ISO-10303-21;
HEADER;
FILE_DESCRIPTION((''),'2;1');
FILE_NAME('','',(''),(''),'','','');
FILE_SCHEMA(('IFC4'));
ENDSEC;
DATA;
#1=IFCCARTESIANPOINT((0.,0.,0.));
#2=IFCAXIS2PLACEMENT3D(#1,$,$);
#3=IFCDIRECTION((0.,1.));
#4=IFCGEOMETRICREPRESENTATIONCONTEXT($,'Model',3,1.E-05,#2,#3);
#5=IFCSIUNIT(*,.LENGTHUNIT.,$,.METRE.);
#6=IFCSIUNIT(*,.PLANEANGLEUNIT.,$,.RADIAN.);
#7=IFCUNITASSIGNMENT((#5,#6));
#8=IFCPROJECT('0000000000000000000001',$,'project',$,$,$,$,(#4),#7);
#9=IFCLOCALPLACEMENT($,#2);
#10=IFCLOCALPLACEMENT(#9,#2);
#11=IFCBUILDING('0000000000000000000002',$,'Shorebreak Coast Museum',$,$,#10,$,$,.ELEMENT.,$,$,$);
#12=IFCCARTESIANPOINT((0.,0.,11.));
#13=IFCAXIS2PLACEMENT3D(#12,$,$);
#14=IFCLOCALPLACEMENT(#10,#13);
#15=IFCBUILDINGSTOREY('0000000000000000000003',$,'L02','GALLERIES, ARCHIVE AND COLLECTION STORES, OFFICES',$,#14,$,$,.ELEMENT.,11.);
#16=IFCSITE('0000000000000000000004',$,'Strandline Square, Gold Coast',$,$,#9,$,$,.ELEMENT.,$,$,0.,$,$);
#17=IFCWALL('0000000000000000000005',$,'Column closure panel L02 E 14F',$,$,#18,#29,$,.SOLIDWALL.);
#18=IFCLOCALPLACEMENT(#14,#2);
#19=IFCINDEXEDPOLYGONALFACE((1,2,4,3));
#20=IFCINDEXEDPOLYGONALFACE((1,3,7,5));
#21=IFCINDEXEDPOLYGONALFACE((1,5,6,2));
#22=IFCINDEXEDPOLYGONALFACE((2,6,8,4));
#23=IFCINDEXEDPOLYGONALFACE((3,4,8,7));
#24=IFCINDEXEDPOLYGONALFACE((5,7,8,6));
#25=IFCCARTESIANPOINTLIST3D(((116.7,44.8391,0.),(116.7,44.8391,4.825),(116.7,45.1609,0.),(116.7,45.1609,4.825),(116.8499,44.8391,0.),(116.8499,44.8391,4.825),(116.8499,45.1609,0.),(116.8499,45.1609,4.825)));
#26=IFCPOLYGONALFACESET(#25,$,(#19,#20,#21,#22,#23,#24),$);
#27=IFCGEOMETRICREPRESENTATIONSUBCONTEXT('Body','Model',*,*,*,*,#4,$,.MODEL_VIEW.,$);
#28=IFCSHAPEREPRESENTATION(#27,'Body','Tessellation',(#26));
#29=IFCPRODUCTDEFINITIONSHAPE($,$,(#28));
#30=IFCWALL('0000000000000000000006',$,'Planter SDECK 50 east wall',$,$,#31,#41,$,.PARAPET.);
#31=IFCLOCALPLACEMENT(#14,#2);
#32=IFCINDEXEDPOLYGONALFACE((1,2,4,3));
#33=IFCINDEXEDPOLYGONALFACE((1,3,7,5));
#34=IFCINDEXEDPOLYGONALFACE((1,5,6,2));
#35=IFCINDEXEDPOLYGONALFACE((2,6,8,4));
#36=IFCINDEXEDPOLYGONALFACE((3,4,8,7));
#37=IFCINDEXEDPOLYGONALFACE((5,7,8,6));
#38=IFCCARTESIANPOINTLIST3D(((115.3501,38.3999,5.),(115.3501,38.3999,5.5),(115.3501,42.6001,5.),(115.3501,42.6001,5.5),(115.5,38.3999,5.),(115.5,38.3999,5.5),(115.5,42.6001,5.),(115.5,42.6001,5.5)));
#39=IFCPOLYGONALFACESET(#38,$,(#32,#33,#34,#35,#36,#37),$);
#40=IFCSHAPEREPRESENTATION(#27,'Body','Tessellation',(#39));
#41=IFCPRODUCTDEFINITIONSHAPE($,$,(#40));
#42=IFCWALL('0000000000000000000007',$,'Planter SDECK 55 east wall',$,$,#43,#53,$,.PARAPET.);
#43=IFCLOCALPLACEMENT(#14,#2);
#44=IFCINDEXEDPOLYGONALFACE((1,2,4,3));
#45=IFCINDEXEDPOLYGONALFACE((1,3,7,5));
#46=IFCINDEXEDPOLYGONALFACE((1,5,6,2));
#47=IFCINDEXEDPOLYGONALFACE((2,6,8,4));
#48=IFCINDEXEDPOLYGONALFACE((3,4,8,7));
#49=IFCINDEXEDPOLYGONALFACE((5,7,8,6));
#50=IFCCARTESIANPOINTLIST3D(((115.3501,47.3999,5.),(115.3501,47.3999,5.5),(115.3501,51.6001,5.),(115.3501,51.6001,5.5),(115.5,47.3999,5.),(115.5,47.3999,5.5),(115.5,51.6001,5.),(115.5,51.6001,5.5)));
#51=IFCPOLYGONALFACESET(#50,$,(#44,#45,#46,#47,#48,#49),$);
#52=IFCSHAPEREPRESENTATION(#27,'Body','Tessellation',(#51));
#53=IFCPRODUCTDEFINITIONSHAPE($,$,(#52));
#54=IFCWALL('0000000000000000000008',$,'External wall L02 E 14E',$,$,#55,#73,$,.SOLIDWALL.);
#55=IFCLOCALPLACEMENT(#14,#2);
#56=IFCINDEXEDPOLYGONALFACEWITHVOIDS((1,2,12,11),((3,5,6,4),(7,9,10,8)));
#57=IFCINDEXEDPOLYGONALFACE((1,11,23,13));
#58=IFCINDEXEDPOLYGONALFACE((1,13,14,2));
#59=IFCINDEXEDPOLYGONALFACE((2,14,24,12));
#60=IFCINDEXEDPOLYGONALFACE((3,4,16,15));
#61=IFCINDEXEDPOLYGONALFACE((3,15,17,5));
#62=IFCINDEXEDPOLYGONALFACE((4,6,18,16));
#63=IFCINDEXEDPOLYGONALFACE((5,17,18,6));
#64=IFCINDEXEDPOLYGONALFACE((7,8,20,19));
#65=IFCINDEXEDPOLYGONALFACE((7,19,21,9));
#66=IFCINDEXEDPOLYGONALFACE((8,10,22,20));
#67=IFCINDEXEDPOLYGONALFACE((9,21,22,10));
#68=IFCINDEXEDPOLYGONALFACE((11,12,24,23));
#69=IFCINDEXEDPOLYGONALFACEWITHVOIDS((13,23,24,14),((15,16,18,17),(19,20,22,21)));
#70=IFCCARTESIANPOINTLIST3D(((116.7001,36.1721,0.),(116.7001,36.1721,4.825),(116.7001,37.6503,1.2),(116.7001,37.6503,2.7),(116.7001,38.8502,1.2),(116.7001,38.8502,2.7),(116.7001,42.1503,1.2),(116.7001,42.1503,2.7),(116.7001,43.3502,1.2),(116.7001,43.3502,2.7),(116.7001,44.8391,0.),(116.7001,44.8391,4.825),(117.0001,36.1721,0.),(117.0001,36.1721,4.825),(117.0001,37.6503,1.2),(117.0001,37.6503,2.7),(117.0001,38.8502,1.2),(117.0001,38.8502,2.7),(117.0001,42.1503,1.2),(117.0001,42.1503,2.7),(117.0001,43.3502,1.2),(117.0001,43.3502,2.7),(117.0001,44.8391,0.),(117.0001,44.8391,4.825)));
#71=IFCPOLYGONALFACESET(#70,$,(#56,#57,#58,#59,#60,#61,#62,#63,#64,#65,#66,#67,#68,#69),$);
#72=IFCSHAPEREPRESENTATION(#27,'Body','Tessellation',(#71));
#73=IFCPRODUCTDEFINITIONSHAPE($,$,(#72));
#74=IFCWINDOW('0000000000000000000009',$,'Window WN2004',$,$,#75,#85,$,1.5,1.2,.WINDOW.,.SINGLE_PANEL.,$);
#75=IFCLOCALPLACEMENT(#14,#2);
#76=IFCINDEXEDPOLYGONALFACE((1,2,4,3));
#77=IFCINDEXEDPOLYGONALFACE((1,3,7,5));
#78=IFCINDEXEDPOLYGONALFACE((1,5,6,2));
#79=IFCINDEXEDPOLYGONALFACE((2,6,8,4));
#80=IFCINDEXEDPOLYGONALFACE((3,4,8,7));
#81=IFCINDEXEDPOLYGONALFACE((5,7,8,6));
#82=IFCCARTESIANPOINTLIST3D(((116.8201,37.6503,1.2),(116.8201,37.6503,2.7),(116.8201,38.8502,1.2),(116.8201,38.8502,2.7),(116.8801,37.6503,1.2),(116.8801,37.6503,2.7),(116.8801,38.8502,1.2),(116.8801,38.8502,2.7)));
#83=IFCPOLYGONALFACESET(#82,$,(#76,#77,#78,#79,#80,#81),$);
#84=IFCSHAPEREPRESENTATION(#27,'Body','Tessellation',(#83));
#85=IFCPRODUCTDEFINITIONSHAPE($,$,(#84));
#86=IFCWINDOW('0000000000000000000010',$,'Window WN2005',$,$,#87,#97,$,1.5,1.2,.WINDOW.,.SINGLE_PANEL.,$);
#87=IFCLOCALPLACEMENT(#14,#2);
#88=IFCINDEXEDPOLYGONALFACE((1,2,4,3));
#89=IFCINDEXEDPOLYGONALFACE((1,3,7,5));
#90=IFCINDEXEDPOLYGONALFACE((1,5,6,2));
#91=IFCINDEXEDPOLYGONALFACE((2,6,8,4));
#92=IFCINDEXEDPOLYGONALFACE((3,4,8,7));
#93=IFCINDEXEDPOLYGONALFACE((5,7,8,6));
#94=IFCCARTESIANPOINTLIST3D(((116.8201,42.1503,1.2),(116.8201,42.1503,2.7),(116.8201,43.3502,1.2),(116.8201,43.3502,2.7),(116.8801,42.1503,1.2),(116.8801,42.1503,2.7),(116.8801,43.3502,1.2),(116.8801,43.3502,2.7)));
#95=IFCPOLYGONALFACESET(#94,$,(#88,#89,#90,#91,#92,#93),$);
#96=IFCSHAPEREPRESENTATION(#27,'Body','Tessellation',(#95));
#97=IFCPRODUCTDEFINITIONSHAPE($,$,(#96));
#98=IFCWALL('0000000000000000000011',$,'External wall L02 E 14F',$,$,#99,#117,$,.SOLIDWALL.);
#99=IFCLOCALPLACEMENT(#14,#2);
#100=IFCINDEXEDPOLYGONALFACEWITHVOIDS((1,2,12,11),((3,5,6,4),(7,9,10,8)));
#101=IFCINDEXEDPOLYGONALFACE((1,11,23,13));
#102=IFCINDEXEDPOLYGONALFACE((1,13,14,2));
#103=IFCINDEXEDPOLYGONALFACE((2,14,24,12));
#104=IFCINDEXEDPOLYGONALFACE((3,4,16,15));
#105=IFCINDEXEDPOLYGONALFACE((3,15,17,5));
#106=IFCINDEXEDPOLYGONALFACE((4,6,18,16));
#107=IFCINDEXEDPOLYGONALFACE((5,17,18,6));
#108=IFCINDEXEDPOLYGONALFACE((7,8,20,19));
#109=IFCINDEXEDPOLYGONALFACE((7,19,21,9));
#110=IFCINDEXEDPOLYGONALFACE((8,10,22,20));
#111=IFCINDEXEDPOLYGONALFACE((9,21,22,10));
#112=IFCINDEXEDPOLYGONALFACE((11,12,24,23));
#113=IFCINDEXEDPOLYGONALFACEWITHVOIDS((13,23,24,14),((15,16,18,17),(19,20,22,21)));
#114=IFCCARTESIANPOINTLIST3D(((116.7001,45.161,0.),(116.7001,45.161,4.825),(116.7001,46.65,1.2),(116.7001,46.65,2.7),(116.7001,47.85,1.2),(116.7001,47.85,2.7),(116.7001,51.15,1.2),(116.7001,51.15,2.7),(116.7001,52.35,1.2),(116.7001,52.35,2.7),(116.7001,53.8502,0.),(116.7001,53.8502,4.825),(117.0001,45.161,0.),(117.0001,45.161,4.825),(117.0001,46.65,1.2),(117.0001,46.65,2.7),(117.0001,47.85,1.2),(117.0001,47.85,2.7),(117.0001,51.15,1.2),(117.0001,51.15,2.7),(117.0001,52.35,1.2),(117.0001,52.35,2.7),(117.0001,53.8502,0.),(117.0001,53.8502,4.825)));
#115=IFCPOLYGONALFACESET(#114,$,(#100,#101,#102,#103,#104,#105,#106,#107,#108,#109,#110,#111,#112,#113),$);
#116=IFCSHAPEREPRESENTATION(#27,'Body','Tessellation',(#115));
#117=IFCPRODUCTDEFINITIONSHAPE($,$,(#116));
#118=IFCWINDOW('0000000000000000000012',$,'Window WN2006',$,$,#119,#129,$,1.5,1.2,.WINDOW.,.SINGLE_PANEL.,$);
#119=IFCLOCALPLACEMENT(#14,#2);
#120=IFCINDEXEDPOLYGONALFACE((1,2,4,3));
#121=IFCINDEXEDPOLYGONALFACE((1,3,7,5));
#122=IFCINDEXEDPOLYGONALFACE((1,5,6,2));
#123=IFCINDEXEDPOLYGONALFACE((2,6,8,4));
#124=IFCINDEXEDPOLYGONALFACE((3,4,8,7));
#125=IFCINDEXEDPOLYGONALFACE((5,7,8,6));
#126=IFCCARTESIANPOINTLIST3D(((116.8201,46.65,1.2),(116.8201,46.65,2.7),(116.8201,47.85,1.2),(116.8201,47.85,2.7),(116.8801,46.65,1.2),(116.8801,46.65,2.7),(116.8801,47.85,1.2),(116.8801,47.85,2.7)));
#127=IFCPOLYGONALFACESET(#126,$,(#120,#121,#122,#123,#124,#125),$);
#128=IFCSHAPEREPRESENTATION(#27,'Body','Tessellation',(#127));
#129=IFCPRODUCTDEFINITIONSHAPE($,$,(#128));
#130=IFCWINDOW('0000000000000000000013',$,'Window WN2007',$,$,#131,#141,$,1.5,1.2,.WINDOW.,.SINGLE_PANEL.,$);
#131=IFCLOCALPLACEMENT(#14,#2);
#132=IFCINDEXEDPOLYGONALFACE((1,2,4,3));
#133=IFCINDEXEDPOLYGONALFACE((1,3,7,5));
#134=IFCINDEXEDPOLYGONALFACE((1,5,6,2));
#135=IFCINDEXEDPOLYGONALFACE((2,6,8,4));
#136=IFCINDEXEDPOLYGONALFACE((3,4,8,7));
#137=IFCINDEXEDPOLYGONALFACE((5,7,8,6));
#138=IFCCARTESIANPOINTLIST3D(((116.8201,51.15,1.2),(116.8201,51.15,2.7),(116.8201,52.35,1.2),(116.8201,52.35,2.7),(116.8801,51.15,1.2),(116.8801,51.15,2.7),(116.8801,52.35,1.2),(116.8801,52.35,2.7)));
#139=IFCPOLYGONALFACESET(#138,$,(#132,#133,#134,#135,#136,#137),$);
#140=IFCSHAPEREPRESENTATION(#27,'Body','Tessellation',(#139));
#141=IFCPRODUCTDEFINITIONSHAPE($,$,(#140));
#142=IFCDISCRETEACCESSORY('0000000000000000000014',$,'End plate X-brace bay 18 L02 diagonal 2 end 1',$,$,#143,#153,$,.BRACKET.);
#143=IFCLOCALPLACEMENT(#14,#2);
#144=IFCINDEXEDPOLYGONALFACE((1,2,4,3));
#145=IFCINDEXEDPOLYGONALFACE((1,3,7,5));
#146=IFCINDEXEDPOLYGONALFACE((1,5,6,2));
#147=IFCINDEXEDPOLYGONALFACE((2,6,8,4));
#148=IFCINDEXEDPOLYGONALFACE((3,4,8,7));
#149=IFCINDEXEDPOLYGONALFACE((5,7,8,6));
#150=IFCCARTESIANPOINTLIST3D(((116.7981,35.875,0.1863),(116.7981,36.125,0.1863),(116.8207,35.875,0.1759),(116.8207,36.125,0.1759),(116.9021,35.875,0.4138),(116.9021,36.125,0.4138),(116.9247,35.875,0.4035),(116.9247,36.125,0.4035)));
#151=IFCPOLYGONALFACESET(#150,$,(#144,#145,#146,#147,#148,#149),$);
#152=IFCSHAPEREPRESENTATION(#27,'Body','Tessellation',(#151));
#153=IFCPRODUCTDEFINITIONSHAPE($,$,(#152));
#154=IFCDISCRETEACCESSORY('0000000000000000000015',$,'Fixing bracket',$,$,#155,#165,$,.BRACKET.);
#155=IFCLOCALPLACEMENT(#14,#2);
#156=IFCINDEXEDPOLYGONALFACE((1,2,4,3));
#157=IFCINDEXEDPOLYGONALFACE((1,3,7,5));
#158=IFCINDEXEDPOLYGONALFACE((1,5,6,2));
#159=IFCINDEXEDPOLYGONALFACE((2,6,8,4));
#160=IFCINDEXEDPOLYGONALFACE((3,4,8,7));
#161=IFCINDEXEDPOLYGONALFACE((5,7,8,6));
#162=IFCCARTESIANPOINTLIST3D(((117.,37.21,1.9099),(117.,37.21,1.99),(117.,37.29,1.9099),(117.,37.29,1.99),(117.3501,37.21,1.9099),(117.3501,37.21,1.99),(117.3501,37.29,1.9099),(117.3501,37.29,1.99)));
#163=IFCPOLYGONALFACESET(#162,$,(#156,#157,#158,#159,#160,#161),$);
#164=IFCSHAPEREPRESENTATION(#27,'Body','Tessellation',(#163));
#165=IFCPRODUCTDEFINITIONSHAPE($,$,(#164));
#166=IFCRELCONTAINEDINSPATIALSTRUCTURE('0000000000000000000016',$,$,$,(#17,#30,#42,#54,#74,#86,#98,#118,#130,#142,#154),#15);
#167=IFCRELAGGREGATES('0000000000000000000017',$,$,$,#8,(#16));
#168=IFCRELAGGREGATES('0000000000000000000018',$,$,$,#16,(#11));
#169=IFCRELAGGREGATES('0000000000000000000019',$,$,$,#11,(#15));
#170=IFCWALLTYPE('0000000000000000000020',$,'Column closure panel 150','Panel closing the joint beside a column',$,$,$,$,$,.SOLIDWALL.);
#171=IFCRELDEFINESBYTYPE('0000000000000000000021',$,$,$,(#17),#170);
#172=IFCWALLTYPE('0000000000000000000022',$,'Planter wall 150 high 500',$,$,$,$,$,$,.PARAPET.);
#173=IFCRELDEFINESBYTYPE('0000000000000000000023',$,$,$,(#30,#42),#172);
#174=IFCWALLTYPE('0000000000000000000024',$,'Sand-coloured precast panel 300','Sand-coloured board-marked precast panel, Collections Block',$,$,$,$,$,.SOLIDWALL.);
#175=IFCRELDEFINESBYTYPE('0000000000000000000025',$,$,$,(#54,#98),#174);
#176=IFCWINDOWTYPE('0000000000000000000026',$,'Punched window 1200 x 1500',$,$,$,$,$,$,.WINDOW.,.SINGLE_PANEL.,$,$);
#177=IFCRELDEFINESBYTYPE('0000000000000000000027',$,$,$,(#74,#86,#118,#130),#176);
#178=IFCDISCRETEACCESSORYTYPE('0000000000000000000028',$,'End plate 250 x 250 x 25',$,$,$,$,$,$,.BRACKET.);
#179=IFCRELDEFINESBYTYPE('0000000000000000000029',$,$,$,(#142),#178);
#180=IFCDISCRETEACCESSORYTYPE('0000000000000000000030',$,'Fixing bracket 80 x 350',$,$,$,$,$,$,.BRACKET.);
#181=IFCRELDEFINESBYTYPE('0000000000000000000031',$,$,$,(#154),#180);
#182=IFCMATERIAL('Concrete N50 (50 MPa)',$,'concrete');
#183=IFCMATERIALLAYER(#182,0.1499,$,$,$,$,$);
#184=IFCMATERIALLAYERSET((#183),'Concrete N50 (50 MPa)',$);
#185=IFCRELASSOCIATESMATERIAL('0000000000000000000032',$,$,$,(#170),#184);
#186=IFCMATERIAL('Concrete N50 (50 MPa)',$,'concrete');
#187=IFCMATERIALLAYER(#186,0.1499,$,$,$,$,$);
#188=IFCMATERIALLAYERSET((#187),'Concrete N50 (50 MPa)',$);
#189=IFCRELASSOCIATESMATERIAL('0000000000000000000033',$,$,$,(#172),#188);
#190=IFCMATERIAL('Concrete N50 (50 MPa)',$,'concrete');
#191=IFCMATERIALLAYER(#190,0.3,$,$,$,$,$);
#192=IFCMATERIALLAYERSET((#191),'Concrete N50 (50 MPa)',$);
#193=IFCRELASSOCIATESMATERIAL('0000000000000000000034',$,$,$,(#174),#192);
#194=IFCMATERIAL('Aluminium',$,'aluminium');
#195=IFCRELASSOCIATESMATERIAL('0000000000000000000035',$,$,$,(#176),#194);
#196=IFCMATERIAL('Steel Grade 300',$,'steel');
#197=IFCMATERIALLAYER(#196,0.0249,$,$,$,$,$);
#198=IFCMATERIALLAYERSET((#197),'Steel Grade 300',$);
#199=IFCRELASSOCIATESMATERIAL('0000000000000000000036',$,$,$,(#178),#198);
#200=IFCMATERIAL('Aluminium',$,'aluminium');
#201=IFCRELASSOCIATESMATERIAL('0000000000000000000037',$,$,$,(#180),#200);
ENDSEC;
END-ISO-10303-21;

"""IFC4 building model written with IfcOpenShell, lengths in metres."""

from ifc_helpers import new_model, si_unit, direction, frame, frame_2d, origin, origin_2d, place, context, subcontext, project, spatial, polyline, rectangle, outline, extrude, material, layer, layer_set, type_object, element, fill, save


model = new_model("IFC4")

# Units and contexts
model_context = context("Model", 3, precision=1e-05, world=origin(), true_north=direction((0.0, 1.0)))
body_context = subcontext(model_context, "Body", "Model", "MODEL_VIEW")
ifc_project = project(units=[si_unit("LENGTHUNIT", "METRE"), si_unit("PLANEANGLEUNIT", "RADIAN")], contexts=[model_context])

# Site, building, storey
site_placement = place(None, origin())
site = spatial("IfcSite", under=ifc_project, at=site_placement, Name="Strandline Square, Gold Coast", CompositionType="ELEMENT", RefElevation=0.0)
building_placement = place(site_placement, origin())
building = spatial("IfcBuilding", under=site, at=building_placement, Name="Shorebreak Coast Museum", CompositionType="ELEMENT")
storey_placement = place(building_placement, frame((0.0, 0.0, 11.0)))
storey = spatial("IfcBuildingStorey", under=building, at=storey_placement, Name="L02", Description="GALLERIES, ARCHIVE AND COLLECTION STORES, OFFICES", CompositionType="ELEMENT", Elevation=11.0)

# Walls
ifc_material_1 = material(Name="Concrete N50 (50 MPa)", Category="concrete")
ifc_layer_1 = layer(ifc_material_1, 0.1499)
ifc_layer_set_1 = layer_set([ifc_layer_1], Name="Concrete N50 (50 MPa)")
wall_type_1 = type_object("IfcWallType", Name="Column closure panel 150", Description="Panel closing the joint beside a column", PredefinedType="SOLIDWALL", material=ifc_layer_set_1)
wall_1_placement = place(storey_placement, frame((116.7749, 44.8391, 0.0), z_axis=(0.0, 0.0, 1.0), x_axis=(0.0, 1.0, 0.0)))
element("IfcWall", 1, at=wall_1_placement, inside=storey, type_object=wall_type_1, Name="Column closure panel L02 E 14F", PredefinedType="SOLIDWALL", context=body_context, shape_type="SweptSolid", body=[
    extrude(rectangle(XDim=0.3218, YDim=0.1499, at=frame_2d((0.1609, 0.0))), origin(), (0.0, 0.0, 1.0), 4.825),
])
ifc_material_2 = material(Name="Concrete N50 (50 MPa)", Category="concrete")
ifc_layer_2 = layer(ifc_material_2, 0.1499)
ifc_layer_set_2 = layer_set([ifc_layer_2], Name="Concrete N50 (50 MPa)")
wall_type_2 = type_object("IfcWallType", Name="Planter wall 150 high 500", PredefinedType="PARAPET", material=ifc_layer_set_2)
for number, where, z_axis, x_axis, name in (
    (2, (115.425, 38.3999, 5.0), (0.0, 0.0, 1.0), (0.0, 1.0, 0.0), "Planter SDECK 50 east wall"),
    (3, (115.425, 47.3999, 5.0), (0.0, 0.0, 1.0), (0.0, 1.0, 0.0), "Planter SDECK 55 east wall"),
):
    element("IfcWall", number, at=place(storey_placement, frame(where, z_axis=z_axis, x_axis=x_axis)), inside=storey, type_object=wall_type_2, Name=name, PredefinedType="PARAPET", context=body_context, shape_type="SweptSolid", body=[
        extrude(rectangle(XDim=4.2002, YDim=0.1499, at=frame_2d((2.1001, 0.0))), origin(), (0.0, 0.0, 1.0), 0.5),
    ])

# Walls, openings, windows
ifc_material_3 = material(Name="Concrete N50 (50 MPa)", Category="concrete")
ifc_layer_3 = layer(ifc_material_3, 0.3)
ifc_layer_set_3 = layer_set([ifc_layer_3], Name="Concrete N50 (50 MPa)")
wall_type_3 = type_object("IfcWallType", Name="Sand-coloured precast panel 300", Description="Sand-coloured board-marked precast panel, Collections Block", PredefinedType="SOLIDWALL", material=ifc_layer_set_3)
wall_2_placement = place(storey_placement, frame((116.8501, 36.1721, 0.0), z_axis=(0.0, 0.0, 1.0), x_axis=(0.0, 1.0, 0.0)))
wall_2 = element("IfcWall", 4, at=wall_2_placement, inside=storey, type_object=wall_type_3, Name="External wall L02 E 14E", PredefinedType="SOLIDWALL", context=body_context, shape_type="SweptSolid", body=[
    extrude(rectangle(XDim=8.667, YDim=0.3, at=frame_2d((4.3335, 0.0))), origin(), (0.0, 0.0, 1.0), 4.825),
])
opening_1_placement = place(wall_2_placement, frame((1.478, 0.0, 1.2)))
opening_1 = element("IfcOpeningElement", 5, at=opening_1_placement, cuts=wall_2, PredefinedType="OPENING", context=body_context, shape_type="SweptSolid", body=[
    extrude(rectangle(XDim=1.2, YDim=1.5, at=frame_2d((0.6001, 0.75))), frame((0.0, 0.1599, 0.0), z_axis=(0.0, -1.0, 0.0), x_axis=(1.0, 0.0, 0.0)), (0.0, 0.0, 1.0), 0.3201),
])
opening_2_placement = place(wall_2_placement, frame((5.978, 0.0, 1.2)))
opening_2 = element("IfcOpeningElement", 6, at=opening_2_placement, cuts=wall_2, PredefinedType="OPENING", context=body_context, shape_type="SweptSolid", body=[
    extrude(rectangle(XDim=1.2, YDim=1.5, at=frame_2d((0.6001, 0.75))), frame((0.0, 0.1599, 0.0), z_axis=(0.0, -1.0, 0.0), x_axis=(1.0, 0.0, 0.0)), (0.0, 0.0, 1.0), 0.3201),
])
ifc_material_4 = material(Name="Aluminium", Category="aluminium")
window_type = type_object("IfcWindowType", Name="Punched window 1200 x 1500", PartitioningType="SINGLE_PANEL", PredefinedType="WINDOW", material=ifc_material_4)
window_1_placement = place(opening_1_placement, origin())
window_1 = element("IfcWindow", 7, at=window_1_placement, inside=storey, type_object=window_type, Name="Window WN2004", OverallHeight=1.5, OverallWidth=1.2, PartitioningType="SINGLE_PANEL", PredefinedType="WINDOW", context=body_context, shape_type="SweptSolid", body=[
    extrude(rectangle(XDim=1.2, YDim=1.5, at=frame_2d((0.6001, 0.75))), frame((0.0, 0.03, 0.0), z_axis=(0.0, -1.0, 0.0), x_axis=(1.0, 0.0, 0.0)), (0.0, 0.0, 1.0), 0.0601),
])
fill(opening_1, window_1)
window_2_placement = place(opening_2_placement, origin())
window_2 = element("IfcWindow", 8, at=window_2_placement, inside=storey, type_object=window_type, Name="Window WN2005", OverallHeight=1.5, OverallWidth=1.2, PartitioningType="SINGLE_PANEL", PredefinedType="WINDOW", context=body_context, shape_type="SweptSolid", body=[
    extrude(rectangle(XDim=1.2, YDim=1.5, at=frame_2d((0.6001, 0.75))), frame((0.0, 0.03, 0.0), z_axis=(0.0, -1.0, 0.0), x_axis=(1.0, 0.0, 0.0)), (0.0, 0.0, 1.0), 0.0601),
])
fill(opening_2, window_2)
wall_3_placement = place(storey_placement, frame((116.8501, 45.1609, 0.0), z_axis=(0.0, 0.0, 1.0), x_axis=(0.0, 1.0, 0.0)))
wall_3 = element("IfcWall", 9, at=wall_3_placement, inside=storey, type_object=wall_type_3, Name="External wall L02 E 14F", PredefinedType="SOLIDWALL", context=body_context, shape_type="SweptSolid", body=[
    extrude(rectangle(XDim=8.6892, YDim=0.3, at=frame_2d((4.3447, 0.0))), origin(), (0.0, 0.0, 1.0), 4.825),
])
opening_3_placement = place(wall_3_placement, frame((1.489, 0.0, 1.2)))
opening_3 = element("IfcOpeningElement", 10, at=opening_3_placement, cuts=wall_3, PredefinedType="OPENING", context=body_context, shape_type="SweptSolid", body=[
    extrude(rectangle(XDim=1.2, YDim=1.5, at=frame_2d((0.6001, 0.75))), frame((0.0, 0.1599, 0.0), z_axis=(0.0, -1.0, 0.0), x_axis=(1.0, 0.0, 0.0)), (0.0, 0.0, 1.0), 0.3201),
])
opening_4_placement = place(wall_3_placement, frame((5.989, 0.0, 1.2)))
opening_4 = element("IfcOpeningElement", 11, at=opening_4_placement, cuts=wall_3, PredefinedType="OPENING", context=body_context, shape_type="SweptSolid", body=[
    extrude(rectangle(XDim=1.2, YDim=1.5, at=frame_2d((0.6001, 0.75))), frame((0.0, 0.1599, 0.0), z_axis=(0.0, -1.0, 0.0), x_axis=(1.0, 0.0, 0.0)), (0.0, 0.0, 1.0), 0.3201),
])
window_3_placement = place(opening_3_placement, origin())
window_3 = element("IfcWindow", 12, at=window_3_placement, inside=storey, type_object=window_type, Name="Window WN2006", OverallHeight=1.5, OverallWidth=1.2, PartitioningType="SINGLE_PANEL", PredefinedType="WINDOW", context=body_context, shape_type="SweptSolid", body=[
    extrude(rectangle(XDim=1.2, YDim=1.5, at=frame_2d((0.6001, 0.75))), frame((0.0, 0.03, 0.0), z_axis=(0.0, -1.0, 0.0), x_axis=(1.0, 0.0, 0.0)), (0.0, 0.0, 1.0), 0.0601),
])
fill(opening_3, window_3)
window_4_placement = place(opening_4_placement, origin())
window_4 = element("IfcWindow", 13, at=window_4_placement, inside=storey, type_object=window_type, Name="Window WN2007", OverallHeight=1.5, OverallWidth=1.2, PartitioningType="SINGLE_PANEL", PredefinedType="WINDOW", context=body_context, shape_type="SweptSolid", body=[
    extrude(rectangle(XDim=1.2, YDim=1.5, at=frame_2d((0.6001, 0.75))), frame((0.0, 0.03, 0.0), z_axis=(0.0, -1.0, 0.0), x_axis=(1.0, 0.0, 0.0)), (0.0, 0.0, 1.0), 0.0601),
])
fill(opening_4, window_4)

# Discrete accessories
ifc_material_5 = material(Name="Steel Grade 300", Category="steel")
ifc_layer_4 = layer(ifc_material_5, 0.0249)
ifc_layer_set_4 = layer_set([ifc_layer_4], Name="Steel Grade 300")
discrete_accessory_type_1 = type_object("IfcDiscreteAccessoryType", Name="End plate 250 x 250 x 25", PredefinedType="BRACKET", material=ifc_layer_set_4)
discrete_accessory_placement = place(storey_placement, frame((116.7981, 36.125, 0.1863), z_axis=(-0.909496, 0.0, 0.415714), x_axis=(0.0, -1.0, 0.0)))
element("IfcDiscreteAccessory", 14, at=discrete_accessory_placement, inside=storey, type_object=discrete_accessory_type_1, Name="End plate X-brace bay 18 L02 diagonal 2 end 1", PredefinedType="BRACKET", context=body_context, shape_type="SweptSolid", body=[
    extrude(outline(polyline([(0.0, 0.0), (0.25, 0.0), (0.25, 0.2502), (0.0, 0.2502), (0.0, 0.0)])), origin(), (0.0, 0.0, -1.0), 0.0249),
])
ifc_material_6 = material(Name="Aluminium", Category="aluminium")
discrete_accessory_type_2 = type_object("IfcDiscreteAccessoryType", Name="Fixing bracket 80 x 350", PredefinedType="BRACKET", material=ifc_material_6)
for number, where, z_axis, x_axis, name in (
    (15, (117.175, 37.25, 1.9099), (0.0, 0.0, 1.0), (1.0, 0.0, 0.0), "Fixing bracket"),
):
    element("IfcDiscreteAccessory", number, at=place(storey_placement, frame(where, z_axis=z_axis, x_axis=x_axis)), inside=storey, type_object=discrete_accessory_type_2, Name=name, PredefinedType="BRACKET", context=body_context, shape_type="SweptSolid", body=[
        extrude(rectangle(XDim=0.3501, YDim=0.0801, at=origin_2d()), origin(), (0.0, 0.0, 1.0), 0.0801),
    ])

save(model, "model.ifc")
